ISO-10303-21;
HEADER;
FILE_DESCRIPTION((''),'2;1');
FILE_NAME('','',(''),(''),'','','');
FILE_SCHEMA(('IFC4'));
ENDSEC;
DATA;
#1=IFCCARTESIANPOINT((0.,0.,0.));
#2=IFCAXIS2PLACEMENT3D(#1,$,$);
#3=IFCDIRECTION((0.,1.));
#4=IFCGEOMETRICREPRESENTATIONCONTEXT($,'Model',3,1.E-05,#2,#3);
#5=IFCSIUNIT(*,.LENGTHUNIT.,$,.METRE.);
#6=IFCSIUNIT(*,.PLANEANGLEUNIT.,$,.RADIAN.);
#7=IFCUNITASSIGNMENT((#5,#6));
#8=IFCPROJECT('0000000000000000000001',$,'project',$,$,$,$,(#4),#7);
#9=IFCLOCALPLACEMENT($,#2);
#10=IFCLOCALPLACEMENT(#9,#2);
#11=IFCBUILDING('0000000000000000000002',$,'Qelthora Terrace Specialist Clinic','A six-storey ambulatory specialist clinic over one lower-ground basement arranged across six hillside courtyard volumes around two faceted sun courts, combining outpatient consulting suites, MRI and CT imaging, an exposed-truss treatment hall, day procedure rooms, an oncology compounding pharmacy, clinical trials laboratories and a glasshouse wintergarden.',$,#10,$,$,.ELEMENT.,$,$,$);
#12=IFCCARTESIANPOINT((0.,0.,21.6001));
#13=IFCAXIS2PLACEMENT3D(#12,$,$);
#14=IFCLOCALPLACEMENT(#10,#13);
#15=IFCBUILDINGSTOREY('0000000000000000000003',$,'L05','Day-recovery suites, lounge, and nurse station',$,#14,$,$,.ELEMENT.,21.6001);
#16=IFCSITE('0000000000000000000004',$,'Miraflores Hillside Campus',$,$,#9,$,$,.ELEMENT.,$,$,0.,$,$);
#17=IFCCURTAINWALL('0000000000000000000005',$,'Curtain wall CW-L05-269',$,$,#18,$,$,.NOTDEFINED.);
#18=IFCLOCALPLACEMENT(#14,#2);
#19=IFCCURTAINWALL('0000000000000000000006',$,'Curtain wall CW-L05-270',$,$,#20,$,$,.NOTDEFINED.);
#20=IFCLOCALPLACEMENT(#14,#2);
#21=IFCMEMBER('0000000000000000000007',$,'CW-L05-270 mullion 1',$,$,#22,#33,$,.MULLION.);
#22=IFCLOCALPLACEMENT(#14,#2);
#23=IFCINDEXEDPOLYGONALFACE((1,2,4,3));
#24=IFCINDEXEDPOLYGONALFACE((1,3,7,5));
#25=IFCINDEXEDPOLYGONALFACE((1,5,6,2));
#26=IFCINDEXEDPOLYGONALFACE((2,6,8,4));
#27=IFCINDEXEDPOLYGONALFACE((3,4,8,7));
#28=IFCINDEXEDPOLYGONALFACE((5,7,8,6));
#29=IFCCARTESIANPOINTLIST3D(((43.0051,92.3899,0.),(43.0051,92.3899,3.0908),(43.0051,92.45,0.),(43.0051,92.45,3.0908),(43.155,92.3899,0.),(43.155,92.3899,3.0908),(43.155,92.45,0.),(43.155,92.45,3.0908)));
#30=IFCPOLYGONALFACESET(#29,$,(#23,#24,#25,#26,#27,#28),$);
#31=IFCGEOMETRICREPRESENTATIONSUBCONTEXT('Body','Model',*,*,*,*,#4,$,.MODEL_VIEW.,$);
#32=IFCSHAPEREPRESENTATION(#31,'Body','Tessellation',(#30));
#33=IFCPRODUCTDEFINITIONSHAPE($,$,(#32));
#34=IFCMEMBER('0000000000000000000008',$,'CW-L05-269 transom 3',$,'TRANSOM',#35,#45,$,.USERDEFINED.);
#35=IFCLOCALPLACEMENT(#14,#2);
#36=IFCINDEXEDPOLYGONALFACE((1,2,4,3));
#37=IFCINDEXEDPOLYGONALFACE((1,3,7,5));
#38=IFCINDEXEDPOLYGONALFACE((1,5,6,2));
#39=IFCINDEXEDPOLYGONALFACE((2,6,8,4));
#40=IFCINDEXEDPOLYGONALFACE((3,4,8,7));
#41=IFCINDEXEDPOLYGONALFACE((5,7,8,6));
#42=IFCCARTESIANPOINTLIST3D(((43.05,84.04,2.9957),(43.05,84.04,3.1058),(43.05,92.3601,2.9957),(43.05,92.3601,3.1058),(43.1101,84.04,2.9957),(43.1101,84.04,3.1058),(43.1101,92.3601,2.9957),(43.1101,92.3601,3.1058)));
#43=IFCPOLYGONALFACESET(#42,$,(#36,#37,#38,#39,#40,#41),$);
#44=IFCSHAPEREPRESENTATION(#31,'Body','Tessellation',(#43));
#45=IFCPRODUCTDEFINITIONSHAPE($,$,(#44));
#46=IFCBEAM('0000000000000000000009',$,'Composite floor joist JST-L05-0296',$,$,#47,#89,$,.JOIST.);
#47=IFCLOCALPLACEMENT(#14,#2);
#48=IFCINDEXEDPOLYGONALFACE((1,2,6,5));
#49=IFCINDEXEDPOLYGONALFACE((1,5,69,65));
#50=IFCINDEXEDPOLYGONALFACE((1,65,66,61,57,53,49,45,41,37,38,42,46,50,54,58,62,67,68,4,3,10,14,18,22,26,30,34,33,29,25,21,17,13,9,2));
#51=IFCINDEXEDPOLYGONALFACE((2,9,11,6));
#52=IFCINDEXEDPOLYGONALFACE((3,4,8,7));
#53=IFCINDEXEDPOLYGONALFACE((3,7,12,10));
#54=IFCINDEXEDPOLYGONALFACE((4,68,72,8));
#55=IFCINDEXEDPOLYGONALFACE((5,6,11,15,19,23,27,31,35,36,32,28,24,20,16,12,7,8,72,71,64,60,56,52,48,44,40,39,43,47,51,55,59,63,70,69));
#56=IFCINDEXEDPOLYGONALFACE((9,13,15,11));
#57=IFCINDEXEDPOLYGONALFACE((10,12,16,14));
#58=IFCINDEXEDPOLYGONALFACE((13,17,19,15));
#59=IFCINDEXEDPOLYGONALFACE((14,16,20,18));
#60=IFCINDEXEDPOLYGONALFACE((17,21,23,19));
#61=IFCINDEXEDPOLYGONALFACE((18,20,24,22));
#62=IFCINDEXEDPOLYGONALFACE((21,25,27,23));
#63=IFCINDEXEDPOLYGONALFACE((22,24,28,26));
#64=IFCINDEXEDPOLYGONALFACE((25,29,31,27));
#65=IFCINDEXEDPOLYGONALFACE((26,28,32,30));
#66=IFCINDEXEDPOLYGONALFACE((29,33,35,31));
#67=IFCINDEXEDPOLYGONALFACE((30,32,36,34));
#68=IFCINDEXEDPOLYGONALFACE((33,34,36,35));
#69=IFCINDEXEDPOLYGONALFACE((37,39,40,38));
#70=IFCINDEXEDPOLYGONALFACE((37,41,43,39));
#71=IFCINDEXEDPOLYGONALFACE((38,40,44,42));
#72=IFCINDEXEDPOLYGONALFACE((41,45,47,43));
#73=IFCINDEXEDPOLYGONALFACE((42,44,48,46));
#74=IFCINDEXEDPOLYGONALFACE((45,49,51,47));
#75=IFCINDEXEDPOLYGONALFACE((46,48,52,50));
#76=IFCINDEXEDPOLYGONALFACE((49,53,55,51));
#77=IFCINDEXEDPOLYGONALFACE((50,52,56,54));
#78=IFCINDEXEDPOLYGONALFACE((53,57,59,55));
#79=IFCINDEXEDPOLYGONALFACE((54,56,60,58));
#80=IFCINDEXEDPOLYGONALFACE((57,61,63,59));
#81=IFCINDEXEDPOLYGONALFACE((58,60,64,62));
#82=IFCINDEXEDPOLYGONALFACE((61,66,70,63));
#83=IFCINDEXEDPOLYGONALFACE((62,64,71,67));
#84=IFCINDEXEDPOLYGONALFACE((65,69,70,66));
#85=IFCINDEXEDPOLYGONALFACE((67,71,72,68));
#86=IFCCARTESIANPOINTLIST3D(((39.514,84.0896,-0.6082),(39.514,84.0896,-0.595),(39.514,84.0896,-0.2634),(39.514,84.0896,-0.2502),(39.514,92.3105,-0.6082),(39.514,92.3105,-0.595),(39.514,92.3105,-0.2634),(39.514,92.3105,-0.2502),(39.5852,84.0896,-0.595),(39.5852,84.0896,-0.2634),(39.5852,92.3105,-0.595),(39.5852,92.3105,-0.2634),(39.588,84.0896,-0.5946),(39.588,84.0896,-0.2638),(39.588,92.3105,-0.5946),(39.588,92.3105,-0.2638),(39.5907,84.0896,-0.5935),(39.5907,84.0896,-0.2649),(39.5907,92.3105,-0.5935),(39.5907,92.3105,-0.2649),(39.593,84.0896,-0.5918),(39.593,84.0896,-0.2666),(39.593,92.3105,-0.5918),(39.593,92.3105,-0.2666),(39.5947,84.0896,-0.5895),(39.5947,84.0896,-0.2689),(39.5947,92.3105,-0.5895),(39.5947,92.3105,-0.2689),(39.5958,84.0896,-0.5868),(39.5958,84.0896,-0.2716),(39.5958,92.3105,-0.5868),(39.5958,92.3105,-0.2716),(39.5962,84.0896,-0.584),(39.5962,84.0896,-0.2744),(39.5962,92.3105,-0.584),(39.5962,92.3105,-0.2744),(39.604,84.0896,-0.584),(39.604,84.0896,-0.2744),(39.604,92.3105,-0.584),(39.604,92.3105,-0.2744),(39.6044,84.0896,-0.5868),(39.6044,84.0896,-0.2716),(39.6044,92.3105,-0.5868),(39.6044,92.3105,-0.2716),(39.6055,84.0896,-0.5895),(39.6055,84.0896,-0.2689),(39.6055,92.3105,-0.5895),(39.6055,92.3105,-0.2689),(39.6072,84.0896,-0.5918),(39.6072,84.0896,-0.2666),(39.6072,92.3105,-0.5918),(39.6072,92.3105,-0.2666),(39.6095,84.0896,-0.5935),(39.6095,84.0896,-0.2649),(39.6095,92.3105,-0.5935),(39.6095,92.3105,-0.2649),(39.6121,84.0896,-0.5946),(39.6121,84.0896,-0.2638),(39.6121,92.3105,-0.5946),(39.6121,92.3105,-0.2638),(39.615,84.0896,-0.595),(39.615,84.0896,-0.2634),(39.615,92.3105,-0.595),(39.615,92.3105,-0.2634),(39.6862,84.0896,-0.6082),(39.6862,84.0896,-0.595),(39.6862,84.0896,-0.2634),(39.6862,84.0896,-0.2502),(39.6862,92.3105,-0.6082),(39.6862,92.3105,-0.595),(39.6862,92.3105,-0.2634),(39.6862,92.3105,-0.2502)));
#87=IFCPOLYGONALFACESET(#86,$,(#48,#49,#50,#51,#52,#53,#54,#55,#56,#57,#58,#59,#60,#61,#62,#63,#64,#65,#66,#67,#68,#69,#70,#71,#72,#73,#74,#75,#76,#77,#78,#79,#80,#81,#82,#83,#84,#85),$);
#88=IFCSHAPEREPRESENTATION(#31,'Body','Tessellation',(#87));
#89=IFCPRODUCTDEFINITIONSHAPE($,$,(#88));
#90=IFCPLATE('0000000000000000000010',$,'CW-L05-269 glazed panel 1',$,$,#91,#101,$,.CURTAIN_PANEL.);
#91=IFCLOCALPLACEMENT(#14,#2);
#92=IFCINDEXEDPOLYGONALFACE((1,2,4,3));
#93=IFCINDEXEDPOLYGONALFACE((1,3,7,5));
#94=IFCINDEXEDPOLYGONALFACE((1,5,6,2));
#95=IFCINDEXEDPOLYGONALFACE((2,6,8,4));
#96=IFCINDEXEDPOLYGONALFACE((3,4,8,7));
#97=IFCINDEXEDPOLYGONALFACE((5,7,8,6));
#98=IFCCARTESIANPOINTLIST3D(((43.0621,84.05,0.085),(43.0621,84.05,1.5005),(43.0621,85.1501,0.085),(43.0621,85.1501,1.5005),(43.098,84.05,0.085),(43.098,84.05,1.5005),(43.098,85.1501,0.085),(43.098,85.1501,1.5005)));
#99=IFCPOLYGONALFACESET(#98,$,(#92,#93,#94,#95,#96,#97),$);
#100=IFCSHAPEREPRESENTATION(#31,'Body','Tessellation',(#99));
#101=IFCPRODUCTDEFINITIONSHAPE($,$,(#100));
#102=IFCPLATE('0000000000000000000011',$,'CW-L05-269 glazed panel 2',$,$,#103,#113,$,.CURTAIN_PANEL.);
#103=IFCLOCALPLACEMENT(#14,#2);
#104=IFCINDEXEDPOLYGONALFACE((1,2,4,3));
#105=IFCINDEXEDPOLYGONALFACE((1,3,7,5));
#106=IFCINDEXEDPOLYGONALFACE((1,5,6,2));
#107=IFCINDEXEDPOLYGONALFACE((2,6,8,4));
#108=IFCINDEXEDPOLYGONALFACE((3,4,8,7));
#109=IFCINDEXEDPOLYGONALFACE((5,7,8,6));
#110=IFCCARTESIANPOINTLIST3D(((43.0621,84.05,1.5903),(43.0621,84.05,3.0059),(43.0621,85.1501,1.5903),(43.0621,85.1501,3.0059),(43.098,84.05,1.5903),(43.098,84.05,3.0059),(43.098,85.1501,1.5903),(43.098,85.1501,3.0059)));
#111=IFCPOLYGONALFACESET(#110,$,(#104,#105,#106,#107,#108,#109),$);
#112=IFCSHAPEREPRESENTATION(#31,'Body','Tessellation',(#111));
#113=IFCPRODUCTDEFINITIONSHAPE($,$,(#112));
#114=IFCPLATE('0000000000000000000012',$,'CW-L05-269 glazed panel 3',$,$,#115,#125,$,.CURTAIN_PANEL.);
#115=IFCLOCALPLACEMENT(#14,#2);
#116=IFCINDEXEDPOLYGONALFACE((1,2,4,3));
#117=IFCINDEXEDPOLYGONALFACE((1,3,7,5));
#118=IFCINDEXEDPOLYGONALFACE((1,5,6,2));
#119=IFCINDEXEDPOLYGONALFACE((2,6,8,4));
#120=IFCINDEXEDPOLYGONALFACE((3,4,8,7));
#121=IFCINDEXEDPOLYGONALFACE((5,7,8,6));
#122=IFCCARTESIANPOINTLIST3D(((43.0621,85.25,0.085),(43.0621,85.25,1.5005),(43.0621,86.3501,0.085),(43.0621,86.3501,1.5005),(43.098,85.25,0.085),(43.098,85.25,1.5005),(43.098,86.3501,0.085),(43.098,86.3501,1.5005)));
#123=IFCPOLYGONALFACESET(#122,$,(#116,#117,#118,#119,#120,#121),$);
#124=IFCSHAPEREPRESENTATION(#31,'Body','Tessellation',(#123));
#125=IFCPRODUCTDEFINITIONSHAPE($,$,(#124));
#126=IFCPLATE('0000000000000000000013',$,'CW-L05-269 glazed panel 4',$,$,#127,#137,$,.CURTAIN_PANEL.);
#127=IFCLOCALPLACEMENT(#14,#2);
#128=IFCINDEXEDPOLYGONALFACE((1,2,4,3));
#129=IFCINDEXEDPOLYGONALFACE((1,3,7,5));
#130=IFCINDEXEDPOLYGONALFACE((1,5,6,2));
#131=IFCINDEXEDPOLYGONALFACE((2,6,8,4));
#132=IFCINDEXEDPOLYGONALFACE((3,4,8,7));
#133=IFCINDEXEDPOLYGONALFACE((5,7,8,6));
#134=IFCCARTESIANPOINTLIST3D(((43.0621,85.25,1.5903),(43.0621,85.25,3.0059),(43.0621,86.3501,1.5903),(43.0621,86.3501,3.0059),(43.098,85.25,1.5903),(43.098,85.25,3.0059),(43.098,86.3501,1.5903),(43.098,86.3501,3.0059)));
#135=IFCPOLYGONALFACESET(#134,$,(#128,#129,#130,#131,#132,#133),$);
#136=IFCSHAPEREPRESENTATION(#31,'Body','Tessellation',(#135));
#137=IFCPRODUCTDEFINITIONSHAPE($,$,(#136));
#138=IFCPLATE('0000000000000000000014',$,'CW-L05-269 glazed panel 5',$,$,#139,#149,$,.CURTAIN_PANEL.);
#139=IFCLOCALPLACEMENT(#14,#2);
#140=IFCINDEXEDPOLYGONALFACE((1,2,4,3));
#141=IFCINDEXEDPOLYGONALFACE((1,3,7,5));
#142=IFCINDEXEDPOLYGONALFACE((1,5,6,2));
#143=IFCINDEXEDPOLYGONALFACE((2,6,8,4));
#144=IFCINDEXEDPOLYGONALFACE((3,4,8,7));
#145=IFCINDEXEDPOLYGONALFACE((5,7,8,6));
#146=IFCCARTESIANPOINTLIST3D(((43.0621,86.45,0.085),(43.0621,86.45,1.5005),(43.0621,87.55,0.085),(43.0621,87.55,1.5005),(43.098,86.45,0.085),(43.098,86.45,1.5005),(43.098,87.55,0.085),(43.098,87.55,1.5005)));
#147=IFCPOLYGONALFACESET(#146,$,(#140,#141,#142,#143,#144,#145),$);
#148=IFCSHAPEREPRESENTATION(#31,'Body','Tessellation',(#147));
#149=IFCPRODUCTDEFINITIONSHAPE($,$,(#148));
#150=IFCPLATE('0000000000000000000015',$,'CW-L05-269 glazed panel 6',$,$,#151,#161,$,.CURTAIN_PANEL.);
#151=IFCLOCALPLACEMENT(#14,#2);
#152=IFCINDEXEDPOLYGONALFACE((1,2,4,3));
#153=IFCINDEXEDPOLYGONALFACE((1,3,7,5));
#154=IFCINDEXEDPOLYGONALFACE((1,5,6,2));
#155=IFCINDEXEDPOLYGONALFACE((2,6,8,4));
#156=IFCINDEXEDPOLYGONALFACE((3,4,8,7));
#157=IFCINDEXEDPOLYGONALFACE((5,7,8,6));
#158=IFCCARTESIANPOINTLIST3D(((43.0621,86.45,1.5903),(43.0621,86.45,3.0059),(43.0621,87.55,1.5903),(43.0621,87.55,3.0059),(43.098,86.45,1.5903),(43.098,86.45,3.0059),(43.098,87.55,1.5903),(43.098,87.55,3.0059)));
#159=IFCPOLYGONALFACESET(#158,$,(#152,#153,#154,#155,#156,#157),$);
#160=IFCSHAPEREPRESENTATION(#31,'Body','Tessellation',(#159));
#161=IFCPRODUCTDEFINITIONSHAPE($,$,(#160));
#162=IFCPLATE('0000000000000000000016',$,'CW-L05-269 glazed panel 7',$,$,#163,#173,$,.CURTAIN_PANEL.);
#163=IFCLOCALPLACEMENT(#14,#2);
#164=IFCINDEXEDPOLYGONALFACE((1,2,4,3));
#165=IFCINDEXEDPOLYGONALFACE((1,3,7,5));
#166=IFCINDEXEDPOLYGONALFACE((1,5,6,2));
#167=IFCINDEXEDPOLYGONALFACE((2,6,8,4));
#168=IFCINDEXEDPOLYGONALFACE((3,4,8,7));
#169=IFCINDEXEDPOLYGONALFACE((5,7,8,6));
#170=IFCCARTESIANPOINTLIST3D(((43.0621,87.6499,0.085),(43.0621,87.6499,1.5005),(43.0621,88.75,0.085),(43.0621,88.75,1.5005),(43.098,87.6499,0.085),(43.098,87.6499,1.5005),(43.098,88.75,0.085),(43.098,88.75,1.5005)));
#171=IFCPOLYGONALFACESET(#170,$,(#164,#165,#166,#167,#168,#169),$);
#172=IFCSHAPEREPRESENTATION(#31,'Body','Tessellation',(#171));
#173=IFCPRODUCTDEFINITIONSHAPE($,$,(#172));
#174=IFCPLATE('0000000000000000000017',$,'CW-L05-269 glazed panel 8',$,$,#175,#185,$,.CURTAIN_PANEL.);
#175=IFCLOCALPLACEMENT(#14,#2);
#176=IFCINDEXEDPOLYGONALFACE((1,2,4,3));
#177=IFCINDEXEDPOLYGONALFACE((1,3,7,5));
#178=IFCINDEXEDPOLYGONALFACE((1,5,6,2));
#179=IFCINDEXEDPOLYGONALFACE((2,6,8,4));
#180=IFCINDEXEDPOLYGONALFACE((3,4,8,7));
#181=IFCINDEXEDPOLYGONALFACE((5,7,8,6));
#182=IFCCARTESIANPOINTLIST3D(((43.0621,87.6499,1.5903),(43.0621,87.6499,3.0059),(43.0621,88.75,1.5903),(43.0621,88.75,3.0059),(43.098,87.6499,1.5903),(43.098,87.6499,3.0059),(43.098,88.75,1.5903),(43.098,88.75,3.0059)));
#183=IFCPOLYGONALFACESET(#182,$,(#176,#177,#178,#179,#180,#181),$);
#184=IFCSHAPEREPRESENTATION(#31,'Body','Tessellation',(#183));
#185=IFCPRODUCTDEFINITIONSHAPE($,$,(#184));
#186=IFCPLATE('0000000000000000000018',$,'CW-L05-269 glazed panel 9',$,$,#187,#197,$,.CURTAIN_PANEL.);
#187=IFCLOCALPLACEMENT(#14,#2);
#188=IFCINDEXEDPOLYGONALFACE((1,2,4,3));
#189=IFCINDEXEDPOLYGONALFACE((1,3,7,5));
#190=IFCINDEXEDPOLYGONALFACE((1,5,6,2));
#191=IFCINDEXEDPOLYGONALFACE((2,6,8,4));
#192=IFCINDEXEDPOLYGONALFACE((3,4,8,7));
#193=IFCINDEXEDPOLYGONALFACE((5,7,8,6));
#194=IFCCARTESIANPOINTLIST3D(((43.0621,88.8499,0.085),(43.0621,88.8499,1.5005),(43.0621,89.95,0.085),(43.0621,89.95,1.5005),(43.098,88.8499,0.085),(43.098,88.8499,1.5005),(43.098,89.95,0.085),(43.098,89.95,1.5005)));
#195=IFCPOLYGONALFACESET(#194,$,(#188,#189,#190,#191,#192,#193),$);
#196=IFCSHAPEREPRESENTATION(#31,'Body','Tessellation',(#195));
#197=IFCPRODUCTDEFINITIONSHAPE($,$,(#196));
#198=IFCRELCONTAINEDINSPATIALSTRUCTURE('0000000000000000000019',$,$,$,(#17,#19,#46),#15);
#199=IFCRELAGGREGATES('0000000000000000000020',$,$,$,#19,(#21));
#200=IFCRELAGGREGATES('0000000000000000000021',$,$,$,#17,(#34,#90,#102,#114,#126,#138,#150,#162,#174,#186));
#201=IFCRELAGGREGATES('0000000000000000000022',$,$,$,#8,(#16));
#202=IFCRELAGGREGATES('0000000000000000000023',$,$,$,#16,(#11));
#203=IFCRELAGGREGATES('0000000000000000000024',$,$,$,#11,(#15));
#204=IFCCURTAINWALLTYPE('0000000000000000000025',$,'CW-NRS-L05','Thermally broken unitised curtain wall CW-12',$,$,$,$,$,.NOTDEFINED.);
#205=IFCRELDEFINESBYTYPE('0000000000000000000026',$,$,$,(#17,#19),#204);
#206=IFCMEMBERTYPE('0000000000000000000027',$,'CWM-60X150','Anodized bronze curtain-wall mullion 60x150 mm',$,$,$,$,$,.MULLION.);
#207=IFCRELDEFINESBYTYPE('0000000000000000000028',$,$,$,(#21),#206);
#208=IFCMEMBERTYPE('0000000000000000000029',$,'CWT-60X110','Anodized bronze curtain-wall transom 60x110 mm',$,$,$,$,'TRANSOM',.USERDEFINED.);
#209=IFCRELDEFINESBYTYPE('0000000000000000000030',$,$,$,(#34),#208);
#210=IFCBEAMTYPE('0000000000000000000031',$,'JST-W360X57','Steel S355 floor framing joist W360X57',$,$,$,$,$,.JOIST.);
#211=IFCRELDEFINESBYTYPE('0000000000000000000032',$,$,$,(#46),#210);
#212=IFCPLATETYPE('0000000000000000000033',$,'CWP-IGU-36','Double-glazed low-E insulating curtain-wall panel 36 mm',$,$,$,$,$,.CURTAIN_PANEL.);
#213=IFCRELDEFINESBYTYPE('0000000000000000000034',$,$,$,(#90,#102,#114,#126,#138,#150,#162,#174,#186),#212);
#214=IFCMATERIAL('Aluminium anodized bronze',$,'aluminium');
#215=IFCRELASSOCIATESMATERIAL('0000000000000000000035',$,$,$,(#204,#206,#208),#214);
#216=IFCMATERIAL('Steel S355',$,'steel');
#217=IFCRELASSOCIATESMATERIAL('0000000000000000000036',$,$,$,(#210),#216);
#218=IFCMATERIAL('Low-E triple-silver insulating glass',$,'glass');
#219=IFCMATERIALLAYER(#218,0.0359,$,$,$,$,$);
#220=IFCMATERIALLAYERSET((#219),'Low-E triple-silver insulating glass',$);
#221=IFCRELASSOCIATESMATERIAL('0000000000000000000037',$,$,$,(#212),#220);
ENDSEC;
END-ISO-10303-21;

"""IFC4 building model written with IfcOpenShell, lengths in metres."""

from ifc_helpers import new_model, si_unit, direction, frame, origin, origin_2d, place, context, subcontext, project, spatial, rectangle, i_section, extrude, material, layer, layer_set, material_profile, profile_set, type_object, element, aggregate, save


model = new_model("IFC4")

# Units and contexts
model_context = context("Model", 3, precision=1e-05, world=origin(), true_north=direction((0.0, 1.0)))
body_context = subcontext(model_context, "Body", "Model", "MODEL_VIEW")
ifc_project = project(units=[si_unit("LENGTHUNIT", "METRE"), si_unit("PLANEANGLEUNIT", "RADIAN")], contexts=[model_context])

# Site, building, storey
site_placement = place(None, origin())
site = spatial("IfcSite", under=ifc_project, at=site_placement, Name="Miraflores Hillside Campus", CompositionType="ELEMENT", RefElevation=0.0)
building_placement = place(site_placement, origin())
building = spatial("IfcBuilding", under=site, at=building_placement, Name="Qelthora Terrace Specialist Clinic", Description="A six-storey ambulatory specialist clinic over one lower-ground basement arranged across six hillside courtyard volumes around two faceted sun courts, combining outpatient consulting suites, MRI and CT imaging, an exposed-truss treatment hall, day procedure rooms, an oncology compounding pharmacy, clinical trials laboratories and a glasshouse wintergarden.", CompositionType="ELEMENT")
storey_placement = place(building_placement, frame((0.0, 0.0, 21.6001)))
storey = spatial("IfcBuildingStorey", under=building, at=storey_placement, Name="L05", Description="Day-recovery suites, lounge, and nurse station", CompositionType="ELEMENT", Elevation=21.6001)

# Shared definitions
ifc_material_1 = material(Name="Steel S355", Category="steel")

# Curtain wall
ifc_material_2 = material(Name="Aluminium anodized bronze", Category="aluminium")
curtain_wall_type = type_object("IfcCurtainWallType", Name="CW-NRS-L05", Description="Thermally broken unitised curtain wall CW-12", PredefinedType="NOTDEFINED", material=ifc_material_2)
curtain_wall_1_placement = place(storey_placement, origin())
curtain_wall_1 = element("IfcCurtainWall", 1, at=curtain_wall_1_placement, inside=storey, type_object=curtain_wall_type, Name="Curtain wall CW-L05-269", PredefinedType="NOTDEFINED")
ifc_material_profile_1 = material_profile(ifc_material_2, rectangle(XDim=0.0601, YDim=0.1499, at=origin_2d()), Name="CWM60X150")
ifc_profile_set_1 = profile_set([ifc_material_profile_1], Name="Aluminium anodized bronze")
member_type_1 = type_object("IfcMemberType", Name="CWM-60X150", Description="Anodized bronze curtain-wall mullion 60x150 mm", PredefinedType="MULLION", material=ifc_profile_set_1)

# Curtain wall, member
curtain_wall_2_placement = place(storey_placement, origin())
curtain_wall_2 = element("IfcCurtainWall", 2, at=curtain_wall_2_placement, inside=storey, type_object=curtain_wall_type, Name="Curtain wall CW-L05-270", PredefinedType="NOTDEFINED")
member_1_placement = place(storey_placement, frame((43.0801, 92.4199, 0.0), z_axis=(0.0, 0.0, 1.0), x_axis=(0.0, 1.0, 0.0)))
member_1 = element("IfcMember", 3, at=member_1_placement, type_object=member_type_1, Name="CW-L05-270 mullion 1", PredefinedType="MULLION", context=body_context, shape_type="SweptSolid", body=[
    extrude(rectangle(XDim=0.0601, YDim=0.1499, at=origin_2d()), origin(), (0.0, 0.0, 1.0), 3.0908),
])
aggregate(curtain_wall_2, [member_1])

# Member
ifc_material_profile_2 = material_profile(ifc_material_2, rectangle(XDim=0.0601, YDim=0.1101, at=origin_2d()), Name="CWT60X110")
ifc_profile_set_2 = profile_set([ifc_material_profile_2], Name="Aluminium anodized bronze")
member_type_2 = type_object("IfcMemberType", Name="CWT-60X110", Description="Anodized bronze curtain-wall transom 60x110 mm", ElementType="TRANSOM", PredefinedType="USERDEFINED", material=ifc_profile_set_2)
member_2_placement = place(storey_placement, frame((43.0801, 84.04, 3.0508), z_axis=(0.0, 1.0, 0.0), x_axis=(-1.0, 0.0, 0.0)))
member_2 = element("IfcMember", 4, at=member_2_placement, type_object=member_type_2, Name="CW-L05-269 transom 3", ObjectType="TRANSOM", PredefinedType="USERDEFINED", context=body_context, shape_type="SweptSolid", body=[
    extrude(rectangle(XDim=0.0601, YDim=0.1101, at=origin_2d()), origin(), (0.0, 0.0, 1.0), 8.3201),
])

# Beam
ifc_material_profile_3 = material_profile(ifc_material_1, i_section(OverallWidth=0.1721, OverallDepth=0.3579, WebThickness=0.0078, FlangeThickness=0.0132, FilletRadius=0.011, at=origin_2d()), Name="W360X57")
ifc_profile_set_3 = profile_set([ifc_material_profile_3], Name="Steel S355")
beam_type_1 = type_object("IfcBeamType", Name="JST-W360X57", Description="Steel S355 floor framing joist W360X57", PredefinedType="JOIST", material=ifc_profile_set_3)
beam_1_placement = place(storey_placement, frame((39.6001, 84.0896, -0.4292), z_axis=(0.0, 1.0, 0.0), x_axis=(-1.0, 0.0, 0.0)))
element("IfcBeam", 5, at=beam_1_placement, inside=storey, type_object=beam_type_1, Name="Composite floor joist JST-L05-0296", PredefinedType="JOIST", context=body_context, shape_type="SweptSolid", body=[
    extrude(i_section(OverallWidth=0.1721, OverallDepth=0.3579, WebThickness=0.0078, FlangeThickness=0.0132, FilletRadius=0.011, at=origin_2d()), origin(), (0.0, 0.0, 1.0), 8.2209),
])

# Plates
ifc_material_3 = material(Name="Low-E triple-silver insulating glass", Category="glass")
ifc_layer_1 = layer(ifc_material_3, 0.0359)
ifc_layer_set_1 = layer_set([ifc_layer_1], Name="Low-E triple-silver insulating glass")
plate_type = type_object("IfcPlateType", Name="CWP-IGU-36", Description="Double-glazed low-E insulating curtain-wall panel 36 mm", PredefinedType="CURTAIN_PANEL", material=ifc_layer_set_1)
plate_1_placement = place(storey_placement, frame((43.0801, 84.6001, 0.085), z_axis=(0.0, 0.0, 1.0), x_axis=(0.0, 1.0, 0.0)))
plate_1 = element("IfcPlate", 6, at=plate_1_placement, type_object=plate_type, Name="CW-L05-269 glazed panel 1", PredefinedType="CURTAIN_PANEL", context=body_context, shape_type="SweptSolid", body=[
    extrude(rectangle(XDim=1.1001, YDim=0.0359, at=origin_2d()), origin(), (0.0, 0.0, 1.0), 1.4155),
])
plate_2_placement = place(storey_placement, frame((43.0801, 84.6001, 1.5903), z_axis=(0.0, 0.0, 1.0), x_axis=(0.0, 1.0, 0.0)))
plate_2 = element("IfcPlate", 7, at=plate_2_placement, type_object=plate_type, Name="CW-L05-269 glazed panel 2", PredefinedType="CURTAIN_PANEL", context=body_context, shape_type="SweptSolid", body=[
    extrude(rectangle(XDim=1.1001, YDim=0.0359, at=origin_2d()), origin(), (0.0, 0.0, 1.0), 1.4155),
])
plate_3_placement = place(storey_placement, frame((43.0801, 85.8, 0.085), z_axis=(0.0, 0.0, 1.0), x_axis=(0.0, 1.0, 0.0)))
plate_3 = element("IfcPlate", 8, at=plate_3_placement, type_object=plate_type, Name="CW-L05-269 glazed panel 3", PredefinedType="CURTAIN_PANEL", context=body_context, shape_type="SweptSolid", body=[
    extrude(rectangle(XDim=1.1001, YDim=0.0359, at=origin_2d()), origin(), (0.0, 0.0, 1.0), 1.4155),
])
plate_4_placement = place(storey_placement, frame((43.0801, 85.8, 1.5903), z_axis=(0.0, 0.0, 1.0), x_axis=(0.0, 1.0, 0.0)))
plate_4 = element("IfcPlate", 9, at=plate_4_placement, type_object=plate_type, Name="CW-L05-269 glazed panel 4", PredefinedType="CURTAIN_PANEL", context=body_context, shape_type="SweptSolid", body=[
    extrude(rectangle(XDim=1.1001, YDim=0.0359, at=origin_2d()), origin(), (0.0, 0.0, 1.0), 1.4155),
])
plate_5_placement = place(storey_placement, frame((43.0801, 87.0, 0.085), z_axis=(0.0, 0.0, 1.0), x_axis=(0.0, 1.0, 0.0)))
plate_5 = element("IfcPlate", 10, at=plate_5_placement, type_object=plate_type, Name="CW-L05-269 glazed panel 5", PredefinedType="CURTAIN_PANEL", context=body_context, shape_type="SweptSolid", body=[
    extrude(rectangle(XDim=1.1001, YDim=0.0359, at=origin_2d()), origin(), (0.0, 0.0, 1.0), 1.4155),
])
plate_6_placement = place(storey_placement, frame((43.0801, 87.0, 1.5903), z_axis=(0.0, 0.0, 1.0), x_axis=(0.0, 1.0, 0.0)))
plate_6 = element("IfcPlate", 11, at=plate_6_placement, type_object=plate_type, Name="CW-L05-269 glazed panel 6", PredefinedType="CURTAIN_PANEL", context=body_context, shape_type="SweptSolid", body=[
    extrude(rectangle(XDim=1.1001, YDim=0.0359, at=origin_2d()), origin(), (0.0, 0.0, 1.0), 1.4155),
])
plate_7_placement = place(storey_placement, frame((43.0801, 88.2, 0.085), z_axis=(0.0, 0.0, 1.0), x_axis=(0.0, 1.0, 0.0)))
plate_7 = element("IfcPlate", 12, at=plate_7_placement, type_object=plate_type, Name="CW-L05-269 glazed panel 7", PredefinedType="CURTAIN_PANEL", context=body_context, shape_type="SweptSolid", body=[
    extrude(rectangle(XDim=1.1001, YDim=0.0359, at=origin_2d()), origin(), (0.0, 0.0, 1.0), 1.4155),
])
plate_8_placement = place(storey_placement, frame((43.0801, 88.2, 1.5903), z_axis=(0.0, 0.0, 1.0), x_axis=(0.0, 1.0, 0.0)))
plate_8 = element("IfcPlate", 13, at=plate_8_placement, type_object=plate_type, Name="CW-L05-269 glazed panel 8", PredefinedType="CURTAIN_PANEL", context=body_context, shape_type="SweptSolid", body=[
    extrude(rectangle(XDim=1.1001, YDim=0.0359, at=origin_2d()), origin(), (0.0, 0.0, 1.0), 1.4155),
])
plate_9_placement = place(storey_placement, frame((43.0801, 89.3999, 0.085), z_axis=(0.0, 0.0, 1.0), x_axis=(0.0, 1.0, 0.0)))
plate_9 = element("IfcPlate", 14, at=plate_9_placement, type_object=plate_type, Name="CW-L05-269 glazed panel 9", PredefinedType="CURTAIN_PANEL", context=body_context, shape_type="SweptSolid", body=[
    extrude(rectangle(XDim=1.1001, YDim=0.0359, at=origin_2d()), origin(), (0.0, 0.0, 1.0), 1.4155),
])
aggregate(curtain_wall_1, [member_2, plate_1, plate_2, plate_3, plate_4, plate_5, plate_6, plate_7, plate_8, plate_9])

save(model, "model.ifc")
